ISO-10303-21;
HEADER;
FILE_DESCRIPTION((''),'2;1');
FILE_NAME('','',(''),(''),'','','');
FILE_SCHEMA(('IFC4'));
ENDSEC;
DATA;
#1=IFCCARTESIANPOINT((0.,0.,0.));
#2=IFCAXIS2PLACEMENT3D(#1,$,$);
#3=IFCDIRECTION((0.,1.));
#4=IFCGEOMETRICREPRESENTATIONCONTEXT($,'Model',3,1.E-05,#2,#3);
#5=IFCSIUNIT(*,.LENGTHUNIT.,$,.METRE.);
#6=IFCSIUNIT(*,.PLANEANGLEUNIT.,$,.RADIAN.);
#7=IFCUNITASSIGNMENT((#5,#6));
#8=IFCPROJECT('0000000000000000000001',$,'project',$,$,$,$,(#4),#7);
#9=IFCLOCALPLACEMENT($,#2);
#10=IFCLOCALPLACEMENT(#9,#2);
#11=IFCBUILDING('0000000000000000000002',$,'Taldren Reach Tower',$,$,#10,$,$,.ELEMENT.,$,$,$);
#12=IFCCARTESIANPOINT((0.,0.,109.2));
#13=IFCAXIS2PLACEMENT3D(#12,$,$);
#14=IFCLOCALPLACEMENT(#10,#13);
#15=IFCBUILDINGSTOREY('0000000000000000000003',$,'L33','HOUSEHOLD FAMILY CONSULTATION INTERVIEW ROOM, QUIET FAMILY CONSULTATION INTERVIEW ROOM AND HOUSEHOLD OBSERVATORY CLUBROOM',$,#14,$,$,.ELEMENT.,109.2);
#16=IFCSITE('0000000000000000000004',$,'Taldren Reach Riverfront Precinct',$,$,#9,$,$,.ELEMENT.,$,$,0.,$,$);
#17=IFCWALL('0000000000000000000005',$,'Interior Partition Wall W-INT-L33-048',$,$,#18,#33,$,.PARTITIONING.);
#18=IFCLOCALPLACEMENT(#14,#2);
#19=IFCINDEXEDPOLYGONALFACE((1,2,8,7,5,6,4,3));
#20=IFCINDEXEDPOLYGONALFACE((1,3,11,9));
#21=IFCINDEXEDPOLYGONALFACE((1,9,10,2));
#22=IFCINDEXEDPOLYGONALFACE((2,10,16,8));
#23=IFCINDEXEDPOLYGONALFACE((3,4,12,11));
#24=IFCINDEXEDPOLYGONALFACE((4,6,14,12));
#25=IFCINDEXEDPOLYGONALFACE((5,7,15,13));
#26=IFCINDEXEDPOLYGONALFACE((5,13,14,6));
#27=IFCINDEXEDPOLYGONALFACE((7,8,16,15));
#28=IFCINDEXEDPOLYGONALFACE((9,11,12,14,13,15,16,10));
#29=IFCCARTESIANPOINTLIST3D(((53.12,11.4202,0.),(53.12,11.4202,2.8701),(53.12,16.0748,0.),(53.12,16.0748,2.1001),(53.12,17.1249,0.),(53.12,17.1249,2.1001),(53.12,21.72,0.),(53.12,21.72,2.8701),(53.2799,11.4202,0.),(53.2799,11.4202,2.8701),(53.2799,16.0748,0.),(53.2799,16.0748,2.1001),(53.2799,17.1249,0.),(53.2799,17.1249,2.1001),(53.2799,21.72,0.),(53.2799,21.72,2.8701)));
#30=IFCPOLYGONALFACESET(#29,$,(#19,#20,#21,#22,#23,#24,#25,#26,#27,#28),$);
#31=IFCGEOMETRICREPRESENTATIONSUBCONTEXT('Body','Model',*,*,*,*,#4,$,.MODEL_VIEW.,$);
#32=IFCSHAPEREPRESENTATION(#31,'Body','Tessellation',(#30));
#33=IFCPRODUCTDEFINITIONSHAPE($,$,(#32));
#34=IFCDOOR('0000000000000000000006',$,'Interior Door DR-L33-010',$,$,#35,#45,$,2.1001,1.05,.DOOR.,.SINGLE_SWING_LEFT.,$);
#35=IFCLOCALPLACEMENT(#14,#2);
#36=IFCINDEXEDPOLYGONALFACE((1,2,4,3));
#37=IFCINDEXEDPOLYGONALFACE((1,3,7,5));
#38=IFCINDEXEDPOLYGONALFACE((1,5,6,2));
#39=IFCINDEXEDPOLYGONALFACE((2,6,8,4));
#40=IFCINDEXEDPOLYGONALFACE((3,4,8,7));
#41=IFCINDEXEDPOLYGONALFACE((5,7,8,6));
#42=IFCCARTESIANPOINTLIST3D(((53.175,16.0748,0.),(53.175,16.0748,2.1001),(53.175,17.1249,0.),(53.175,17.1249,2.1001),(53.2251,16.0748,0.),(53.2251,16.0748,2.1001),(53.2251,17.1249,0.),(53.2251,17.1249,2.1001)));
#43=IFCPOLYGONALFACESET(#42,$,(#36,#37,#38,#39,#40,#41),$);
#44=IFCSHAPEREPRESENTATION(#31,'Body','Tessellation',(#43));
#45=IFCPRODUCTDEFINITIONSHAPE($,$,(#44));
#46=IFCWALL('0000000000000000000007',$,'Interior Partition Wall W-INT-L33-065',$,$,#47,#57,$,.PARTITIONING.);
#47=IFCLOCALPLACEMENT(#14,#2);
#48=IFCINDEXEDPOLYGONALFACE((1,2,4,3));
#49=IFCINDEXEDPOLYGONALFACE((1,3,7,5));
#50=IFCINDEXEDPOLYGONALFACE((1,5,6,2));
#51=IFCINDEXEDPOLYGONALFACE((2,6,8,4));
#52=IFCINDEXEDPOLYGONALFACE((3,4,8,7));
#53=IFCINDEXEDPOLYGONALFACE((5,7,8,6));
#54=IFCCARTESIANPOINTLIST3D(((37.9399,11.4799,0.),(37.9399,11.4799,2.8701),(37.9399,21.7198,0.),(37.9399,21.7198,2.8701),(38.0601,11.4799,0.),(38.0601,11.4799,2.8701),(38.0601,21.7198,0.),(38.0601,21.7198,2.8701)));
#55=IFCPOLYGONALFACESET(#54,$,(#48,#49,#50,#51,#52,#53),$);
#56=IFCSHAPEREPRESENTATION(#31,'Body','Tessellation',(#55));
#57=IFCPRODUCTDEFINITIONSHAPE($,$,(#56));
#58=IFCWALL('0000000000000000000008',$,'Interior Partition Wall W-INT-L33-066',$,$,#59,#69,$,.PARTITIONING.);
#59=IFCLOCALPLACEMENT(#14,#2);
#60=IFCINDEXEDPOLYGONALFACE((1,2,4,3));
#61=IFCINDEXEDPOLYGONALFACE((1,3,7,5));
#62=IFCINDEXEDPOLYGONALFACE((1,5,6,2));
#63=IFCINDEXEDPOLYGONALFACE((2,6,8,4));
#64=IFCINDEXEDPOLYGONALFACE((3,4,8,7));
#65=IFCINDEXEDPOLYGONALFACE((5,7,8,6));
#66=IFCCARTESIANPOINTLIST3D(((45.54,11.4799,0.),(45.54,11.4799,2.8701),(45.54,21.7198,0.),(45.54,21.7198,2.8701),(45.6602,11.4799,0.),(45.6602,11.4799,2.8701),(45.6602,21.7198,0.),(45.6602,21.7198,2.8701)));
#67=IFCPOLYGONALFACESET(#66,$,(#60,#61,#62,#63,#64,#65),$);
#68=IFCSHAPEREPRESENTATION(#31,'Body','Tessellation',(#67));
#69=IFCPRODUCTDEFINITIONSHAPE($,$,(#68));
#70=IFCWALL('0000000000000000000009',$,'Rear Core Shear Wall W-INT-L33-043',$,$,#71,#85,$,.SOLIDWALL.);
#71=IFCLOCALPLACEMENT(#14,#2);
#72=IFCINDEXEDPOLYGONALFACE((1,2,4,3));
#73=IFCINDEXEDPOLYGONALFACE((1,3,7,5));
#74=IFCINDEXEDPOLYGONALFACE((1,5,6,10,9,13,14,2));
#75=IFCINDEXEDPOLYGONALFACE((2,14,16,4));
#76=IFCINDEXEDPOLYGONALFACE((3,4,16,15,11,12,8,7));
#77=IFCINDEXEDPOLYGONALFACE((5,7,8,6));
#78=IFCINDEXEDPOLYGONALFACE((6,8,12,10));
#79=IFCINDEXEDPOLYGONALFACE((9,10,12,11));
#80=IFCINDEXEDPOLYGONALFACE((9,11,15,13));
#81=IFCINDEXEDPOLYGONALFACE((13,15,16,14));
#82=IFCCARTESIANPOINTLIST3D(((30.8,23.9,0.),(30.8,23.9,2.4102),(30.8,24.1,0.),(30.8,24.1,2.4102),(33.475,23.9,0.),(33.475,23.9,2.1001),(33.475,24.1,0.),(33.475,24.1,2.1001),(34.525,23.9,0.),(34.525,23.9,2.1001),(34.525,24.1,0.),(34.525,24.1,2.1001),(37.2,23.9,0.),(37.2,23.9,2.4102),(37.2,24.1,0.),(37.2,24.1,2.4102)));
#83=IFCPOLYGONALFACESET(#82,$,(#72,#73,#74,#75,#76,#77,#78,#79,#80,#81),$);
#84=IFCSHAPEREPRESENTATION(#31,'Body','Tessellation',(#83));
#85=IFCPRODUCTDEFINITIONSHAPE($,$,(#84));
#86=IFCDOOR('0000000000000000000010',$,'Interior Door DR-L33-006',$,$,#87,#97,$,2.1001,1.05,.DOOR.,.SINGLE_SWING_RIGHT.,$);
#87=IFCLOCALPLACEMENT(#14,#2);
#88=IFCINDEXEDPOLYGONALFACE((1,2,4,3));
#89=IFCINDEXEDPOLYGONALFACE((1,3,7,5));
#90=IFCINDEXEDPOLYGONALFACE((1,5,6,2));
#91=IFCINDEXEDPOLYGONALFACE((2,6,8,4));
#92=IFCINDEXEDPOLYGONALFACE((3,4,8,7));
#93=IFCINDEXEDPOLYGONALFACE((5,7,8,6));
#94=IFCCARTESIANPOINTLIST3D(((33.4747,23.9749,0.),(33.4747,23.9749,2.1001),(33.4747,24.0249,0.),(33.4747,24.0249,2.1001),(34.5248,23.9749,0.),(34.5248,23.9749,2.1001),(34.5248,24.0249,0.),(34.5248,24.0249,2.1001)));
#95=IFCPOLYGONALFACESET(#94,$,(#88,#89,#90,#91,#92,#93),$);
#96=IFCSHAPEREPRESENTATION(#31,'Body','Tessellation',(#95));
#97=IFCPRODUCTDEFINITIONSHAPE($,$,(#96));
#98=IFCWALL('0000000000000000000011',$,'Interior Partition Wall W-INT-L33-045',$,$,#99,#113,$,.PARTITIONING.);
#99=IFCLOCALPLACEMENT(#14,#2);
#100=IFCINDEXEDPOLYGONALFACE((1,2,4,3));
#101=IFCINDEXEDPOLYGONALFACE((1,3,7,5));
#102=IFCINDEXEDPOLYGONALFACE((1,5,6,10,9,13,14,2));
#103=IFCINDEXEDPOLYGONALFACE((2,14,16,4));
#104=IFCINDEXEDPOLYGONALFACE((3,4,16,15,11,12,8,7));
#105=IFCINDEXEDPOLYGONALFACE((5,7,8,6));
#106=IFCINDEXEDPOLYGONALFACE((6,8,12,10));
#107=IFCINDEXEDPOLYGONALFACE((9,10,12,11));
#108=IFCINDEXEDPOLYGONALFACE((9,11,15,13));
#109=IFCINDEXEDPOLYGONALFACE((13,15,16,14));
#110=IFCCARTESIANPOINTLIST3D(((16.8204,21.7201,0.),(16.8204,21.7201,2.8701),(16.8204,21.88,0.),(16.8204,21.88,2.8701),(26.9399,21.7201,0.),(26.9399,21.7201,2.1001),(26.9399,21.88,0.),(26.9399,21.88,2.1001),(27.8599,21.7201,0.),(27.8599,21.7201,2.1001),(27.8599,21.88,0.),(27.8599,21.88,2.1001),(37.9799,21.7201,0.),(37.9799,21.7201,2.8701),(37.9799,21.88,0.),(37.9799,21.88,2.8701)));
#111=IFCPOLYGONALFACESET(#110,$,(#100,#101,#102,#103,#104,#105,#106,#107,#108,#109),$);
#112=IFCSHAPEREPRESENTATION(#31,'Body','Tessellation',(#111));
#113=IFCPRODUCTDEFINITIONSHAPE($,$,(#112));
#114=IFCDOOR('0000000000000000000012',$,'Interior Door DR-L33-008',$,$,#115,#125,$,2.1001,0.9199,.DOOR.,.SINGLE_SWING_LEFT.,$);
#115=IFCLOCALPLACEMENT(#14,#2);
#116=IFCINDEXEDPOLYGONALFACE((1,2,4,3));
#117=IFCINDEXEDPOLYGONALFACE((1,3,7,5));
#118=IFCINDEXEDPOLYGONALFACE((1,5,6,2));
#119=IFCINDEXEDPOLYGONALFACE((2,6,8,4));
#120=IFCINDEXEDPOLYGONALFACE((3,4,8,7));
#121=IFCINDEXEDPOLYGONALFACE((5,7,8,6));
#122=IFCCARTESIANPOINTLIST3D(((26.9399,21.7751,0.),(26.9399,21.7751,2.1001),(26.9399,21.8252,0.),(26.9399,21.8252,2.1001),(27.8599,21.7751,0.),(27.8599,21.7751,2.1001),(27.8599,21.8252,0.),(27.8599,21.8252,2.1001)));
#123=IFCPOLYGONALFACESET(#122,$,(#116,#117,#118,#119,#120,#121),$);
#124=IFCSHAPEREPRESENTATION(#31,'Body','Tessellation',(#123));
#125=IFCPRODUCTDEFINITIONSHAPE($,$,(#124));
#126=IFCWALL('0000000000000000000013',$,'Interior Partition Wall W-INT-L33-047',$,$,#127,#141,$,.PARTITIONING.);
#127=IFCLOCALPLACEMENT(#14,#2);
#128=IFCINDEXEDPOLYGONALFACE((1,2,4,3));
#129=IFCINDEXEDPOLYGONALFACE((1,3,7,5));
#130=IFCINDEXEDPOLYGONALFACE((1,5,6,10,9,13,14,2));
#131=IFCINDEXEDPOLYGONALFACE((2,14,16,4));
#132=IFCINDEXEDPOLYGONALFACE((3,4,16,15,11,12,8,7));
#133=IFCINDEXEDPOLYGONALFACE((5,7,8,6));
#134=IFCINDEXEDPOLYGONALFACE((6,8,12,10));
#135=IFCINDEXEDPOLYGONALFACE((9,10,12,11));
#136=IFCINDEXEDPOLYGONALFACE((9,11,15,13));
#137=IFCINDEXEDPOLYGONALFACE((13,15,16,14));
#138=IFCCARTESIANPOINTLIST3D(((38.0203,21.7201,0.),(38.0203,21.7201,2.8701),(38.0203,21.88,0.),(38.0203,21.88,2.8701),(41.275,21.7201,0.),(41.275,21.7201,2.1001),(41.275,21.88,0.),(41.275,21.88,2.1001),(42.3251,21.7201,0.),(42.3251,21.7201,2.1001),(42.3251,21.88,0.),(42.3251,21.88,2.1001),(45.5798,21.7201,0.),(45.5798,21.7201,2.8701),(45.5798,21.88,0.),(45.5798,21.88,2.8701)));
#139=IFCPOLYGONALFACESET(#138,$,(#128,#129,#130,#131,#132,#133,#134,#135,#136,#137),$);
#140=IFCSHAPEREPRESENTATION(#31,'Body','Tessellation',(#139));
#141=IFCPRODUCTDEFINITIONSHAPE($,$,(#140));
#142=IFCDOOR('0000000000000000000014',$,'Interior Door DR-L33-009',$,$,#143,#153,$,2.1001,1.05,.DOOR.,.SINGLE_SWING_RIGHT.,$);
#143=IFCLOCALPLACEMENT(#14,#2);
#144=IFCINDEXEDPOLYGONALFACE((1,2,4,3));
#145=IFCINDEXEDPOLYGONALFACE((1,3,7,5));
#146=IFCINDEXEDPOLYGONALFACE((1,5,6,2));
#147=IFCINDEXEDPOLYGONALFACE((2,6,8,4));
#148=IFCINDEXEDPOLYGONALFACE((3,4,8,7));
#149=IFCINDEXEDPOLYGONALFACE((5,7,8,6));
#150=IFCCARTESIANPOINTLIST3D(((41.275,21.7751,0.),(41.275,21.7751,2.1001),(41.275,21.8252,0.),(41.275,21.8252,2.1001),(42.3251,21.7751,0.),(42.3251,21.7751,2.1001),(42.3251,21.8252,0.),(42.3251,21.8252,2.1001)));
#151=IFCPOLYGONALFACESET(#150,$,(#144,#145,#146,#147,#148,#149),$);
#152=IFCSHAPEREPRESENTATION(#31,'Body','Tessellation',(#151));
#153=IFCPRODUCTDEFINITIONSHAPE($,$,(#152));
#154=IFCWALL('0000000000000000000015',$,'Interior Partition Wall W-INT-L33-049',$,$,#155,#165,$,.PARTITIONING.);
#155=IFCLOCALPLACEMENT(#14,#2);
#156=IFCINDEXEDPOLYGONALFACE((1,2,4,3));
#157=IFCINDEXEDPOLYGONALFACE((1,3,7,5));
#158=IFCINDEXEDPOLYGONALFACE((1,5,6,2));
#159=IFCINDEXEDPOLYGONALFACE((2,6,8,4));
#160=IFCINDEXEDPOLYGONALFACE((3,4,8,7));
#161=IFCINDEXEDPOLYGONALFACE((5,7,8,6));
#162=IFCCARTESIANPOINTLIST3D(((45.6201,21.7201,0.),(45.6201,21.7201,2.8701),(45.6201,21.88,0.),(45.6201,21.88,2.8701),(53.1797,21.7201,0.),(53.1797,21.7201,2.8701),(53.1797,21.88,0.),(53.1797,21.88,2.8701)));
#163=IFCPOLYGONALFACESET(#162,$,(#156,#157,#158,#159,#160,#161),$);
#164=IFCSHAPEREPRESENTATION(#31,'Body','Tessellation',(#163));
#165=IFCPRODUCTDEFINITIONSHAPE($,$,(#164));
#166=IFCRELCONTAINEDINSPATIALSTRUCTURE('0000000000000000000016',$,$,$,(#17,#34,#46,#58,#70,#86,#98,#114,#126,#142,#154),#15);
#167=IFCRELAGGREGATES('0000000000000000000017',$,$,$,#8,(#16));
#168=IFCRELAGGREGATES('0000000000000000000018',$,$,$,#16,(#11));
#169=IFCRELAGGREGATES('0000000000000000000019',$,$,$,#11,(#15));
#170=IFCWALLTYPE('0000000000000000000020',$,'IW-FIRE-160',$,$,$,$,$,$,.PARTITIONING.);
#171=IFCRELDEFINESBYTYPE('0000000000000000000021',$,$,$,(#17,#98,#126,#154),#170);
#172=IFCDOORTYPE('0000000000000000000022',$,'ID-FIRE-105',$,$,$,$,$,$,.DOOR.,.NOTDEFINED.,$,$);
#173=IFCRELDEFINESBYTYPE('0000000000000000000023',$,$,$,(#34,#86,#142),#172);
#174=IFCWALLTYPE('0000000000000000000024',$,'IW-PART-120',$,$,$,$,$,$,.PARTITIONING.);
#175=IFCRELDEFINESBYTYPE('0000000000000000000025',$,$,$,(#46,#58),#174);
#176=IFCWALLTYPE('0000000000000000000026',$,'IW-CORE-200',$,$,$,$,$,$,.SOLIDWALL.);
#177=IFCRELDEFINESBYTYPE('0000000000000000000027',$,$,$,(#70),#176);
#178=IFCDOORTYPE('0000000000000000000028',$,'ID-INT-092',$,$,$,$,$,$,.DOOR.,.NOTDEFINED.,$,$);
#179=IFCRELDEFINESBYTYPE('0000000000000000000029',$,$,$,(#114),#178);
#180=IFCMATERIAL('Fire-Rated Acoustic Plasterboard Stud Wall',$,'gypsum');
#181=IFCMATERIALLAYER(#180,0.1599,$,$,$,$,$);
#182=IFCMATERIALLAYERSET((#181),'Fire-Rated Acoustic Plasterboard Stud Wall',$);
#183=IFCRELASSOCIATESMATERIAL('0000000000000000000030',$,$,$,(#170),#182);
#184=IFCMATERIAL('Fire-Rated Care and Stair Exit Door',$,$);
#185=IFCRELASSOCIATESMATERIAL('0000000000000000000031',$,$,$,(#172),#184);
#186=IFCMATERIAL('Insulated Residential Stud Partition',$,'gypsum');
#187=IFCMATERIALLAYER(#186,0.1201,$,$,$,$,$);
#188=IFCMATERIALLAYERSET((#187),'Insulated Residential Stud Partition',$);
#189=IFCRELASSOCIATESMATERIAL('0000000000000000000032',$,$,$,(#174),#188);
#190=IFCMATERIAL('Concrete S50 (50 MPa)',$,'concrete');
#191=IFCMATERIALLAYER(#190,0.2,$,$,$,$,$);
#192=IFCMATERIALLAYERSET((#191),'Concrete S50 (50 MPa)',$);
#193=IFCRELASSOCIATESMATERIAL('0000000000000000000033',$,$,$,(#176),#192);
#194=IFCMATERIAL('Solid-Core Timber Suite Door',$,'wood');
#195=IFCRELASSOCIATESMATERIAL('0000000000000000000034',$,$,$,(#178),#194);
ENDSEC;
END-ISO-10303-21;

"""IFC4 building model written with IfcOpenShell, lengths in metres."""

from ifc_helpers import new_model, si_unit, direction, frame, frame_2d, origin, place, context, subcontext, project, spatial, rectangle, extrude, source, transform, mapped, material, layer, layer_set, type_object, element, fill, save


model = new_model("IFC4")

# Units and contexts
model_context = context("Model", 3, precision=1e-05, world=origin(), true_north=direction((0.0, 1.0)))
body_context = subcontext(model_context, "Body", "Model", "MODEL_VIEW")
ifc_project = project(units=[si_unit("LENGTHUNIT", "METRE"), si_unit("PLANEANGLEUNIT", "RADIAN")], contexts=[model_context])

# Site, building, storey
site_placement = place(None, origin())
site = spatial("IfcSite", under=ifc_project, at=site_placement, Name="Taldren Reach Riverfront Precinct", CompositionType="ELEMENT", RefElevation=0.0)
building_placement = place(site_placement, origin())
building = spatial("IfcBuilding", under=site, at=building_placement, Name="Taldren Reach Tower", CompositionType="ELEMENT")
storey_placement = place(building_placement, frame((0.0, 0.0, 109.2)))
storey = spatial("IfcBuildingStorey", under=building, at=storey_placement, Name="L33", Description="HOUSEHOLD FAMILY CONSULTATION INTERVIEW ROOM, QUIET FAMILY CONSULTATION INTERVIEW ROOM AND HOUSEHOLD OBSERVATORY CLUBROOM", CompositionType="ELEMENT", Elevation=109.2)

# Wall, opening, door
ifc_material_1 = material(Name="Fire-Rated Acoustic Plasterboard Stud Wall", Category="gypsum")
ifc_layer_1 = layer(ifc_material_1, 0.1599)
ifc_layer_set_1 = layer_set([ifc_layer_1], Name="Fire-Rated Acoustic Plasterboard Stud Wall")
wall_type_1 = type_object("IfcWallType", Name="IW-FIRE-160", PredefinedType="PARTITIONING", material=ifc_layer_set_1)
shared_shape_1 = source(origin(), body_context, "Body", "SweptSolid", [
    extrude(rectangle(XDim=10.2998, YDim=0.1599, at=frame_2d((5.1499, 0.0))), origin(), (0.0, 0.0, 1.0), 2.8701),
])
wall_1_placement = place(storey_placement, frame((53.2, 11.4202, 0.0), z_axis=(0.0, 0.0, 1.0), x_axis=(0.0, 1.0, 0.0)))
wall_1 = element("IfcWall", 1, at=wall_1_placement, inside=storey, type_object=wall_type_1, Name="Interior Partition Wall W-INT-L33-048", PredefinedType="PARTITIONING", context=body_context, shape_type="MappedRepresentation", body=[
    mapped(shared_shape_1, transform((0.0, 0.0, 0.0), scale=1.0)),
])
shared_shape_2 = source(origin(), body_context, "Body", "SweptSolid", [
    extrude(rectangle(XDim=1.05, YDim=2.1001, at=frame_2d((0.5249, 1.05))), frame((0.0, 0.0898, 0.0), z_axis=(0.0, -1.0, 0.0), x_axis=(1.0, 0.0, 0.0)), (0.0, 0.0, 1.0), 0.1799),
])
opening_1_placement = place(wall_1_placement, frame((4.6548, 0.0, 0.0)))
opening_1 = element("IfcOpeningElement", 2, at=opening_1_placement, cuts=wall_1, PredefinedType="OPENING", context=body_context, shape_type="MappedRepresentation", body=[
    mapped(shared_shape_2, transform((0.0, 0.0, 0.0), scale=1.0)),
])
ifc_material_2 = material(Name="Fire-Rated Care and Stair Exit Door")
door_type_1 = type_object("IfcDoorType", Name="ID-FIRE-105", OperationType="NOTDEFINED", PredefinedType="DOOR", material=ifc_material_2)
shared_shape_3 = source(origin(), body_context, "Body", "SweptSolid", [
    extrude(rectangle(XDim=1.05, YDim=2.1001, at=frame_2d((0.5249, 1.05))), frame((0.0, 0.0249, 0.0), z_axis=(0.0, -1.0, 0.0), x_axis=(1.0, 0.0, 0.0)), (0.0, 0.0, 1.0), 0.05),
])
door_1_placement = place(opening_1_placement, origin())
door_1 = element("IfcDoor", 3, at=door_1_placement, inside=storey, type_object=door_type_1, Name="Interior Door DR-L33-010", OperationType="SINGLE_SWING_LEFT", OverallHeight=2.1001, OverallWidth=1.05, PredefinedType="DOOR", context=body_context, shape_type="MappedRepresentation", body=[
    mapped(shared_shape_3, transform((0.0, 0.0, 0.0), scale=1.0)),
])
fill(opening_1, door_1)

# Walls
ifc_material_3 = material(Name="Insulated Residential Stud Partition", Category="gypsum")
ifc_layer_2 = layer(ifc_material_3, 0.1201)
ifc_layer_set_2 = layer_set([ifc_layer_2], Name="Insulated Residential Stud Partition")
wall_type_2 = type_object("IfcWallType", Name="IW-PART-120", PredefinedType="PARTITIONING", material=ifc_layer_set_2)
shared_shape_4 = source(origin(), body_context, "Body", "SweptSolid", [
    extrude(rectangle(XDim=10.24, YDim=0.1201, at=frame_2d((5.1201, 0.0))), origin(), (0.0, 0.0, 1.0), 2.8701),
])
for number, where, z_axis, x_axis, name in (
    (4, (38.0, 21.72, 0.0), (0.0, 0.0, 1.0), (0.0, -1.0, 0.0), "Interior Partition Wall W-INT-L33-065"),
    (5, (45.6001, 21.72, 0.0), (0.0, 0.0, 1.0), (0.0, -1.0, 0.0), "Interior Partition Wall W-INT-L33-066"),
):
    element("IfcWall", number, at=place(storey_placement, frame(where, z_axis=z_axis, x_axis=x_axis)), inside=storey, type_object=wall_type_2, Name=name, PredefinedType="PARTITIONING", context=body_context, shape_type="MappedRepresentation", body=[
        mapped(shared_shape_4, transform((0.0, 0.0, 0.0), scale=1.0)),
    ])

# Walls, openings, doors
ifc_material_4 = material(Name="Concrete S50 (50 MPa)", Category="concrete")
ifc_layer_3 = layer(ifc_material_4, 0.2)
ifc_layer_set_3 = layer_set([ifc_layer_3], Name="Concrete S50 (50 MPa)")
wall_type_3 = type_object("IfcWallType", Name="IW-CORE-200", PredefinedType="SOLIDWALL", material=ifc_layer_set_3)
shared_shape_5 = source(origin(), body_context, "Body", "SweptSolid", [
    extrude(rectangle(XDim=6.3999, YDim=0.2, at=frame_2d((3.2, 0.0))), origin(), (0.0, 0.0, 1.0), 2.4102),
])
wall_2_placement = place(storey_placement, frame((37.2, 24.0, 0.0), z_axis=(0.0, 0.0, 1.0), x_axis=(-1.0, 0.0, 0.0)))
wall_2 = element("IfcWall", 6, at=wall_2_placement, inside=storey, type_object=wall_type_3, Name="Rear Core Shear Wall W-INT-L33-043", PredefinedType="SOLIDWALL", context=body_context, shape_type="MappedRepresentation", body=[
    mapped(shared_shape_5, transform((0.0, 0.0, 0.0), scale=1.0)),
])
shared_shape_6 = source(origin(), body_context, "Body", "SweptSolid", [
    extrude(rectangle(XDim=1.05, YDim=2.1001, at=frame_2d((0.5249, 1.05))), frame((0.0, 0.1099, 0.0), z_axis=(0.0, -1.0, 0.0), x_axis=(1.0, 0.0, 0.0)), (0.0, 0.0, 1.0), 0.22),
])
opening_2_placement = place(wall_2_placement, frame((2.675, 0.0, 0.0)))
opening_2 = element("IfcOpeningElement", 7, at=opening_2_placement, cuts=wall_2, PredefinedType="OPENING", context=body_context, shape_type="MappedRepresentation", body=[
    mapped(shared_shape_6, transform((0.0, 0.0, 0.0), scale=1.0)),
])
door_2_placement = place(opening_2_placement, frame((1.05, 0.0, 0.0), z_axis=(0.0, 0.0, 1.0), x_axis=(-1.0, 0.0, 0.0)))
door_2 = element("IfcDoor", 8, at=door_2_placement, inside=storey, type_object=door_type_1, Name="Interior Door DR-L33-006", OperationType="SINGLE_SWING_RIGHT", OverallHeight=2.1001, OverallWidth=1.05, PredefinedType="DOOR", context=body_context, shape_type="MappedRepresentation", body=[
    mapped(shared_shape_3, transform((0.0, 0.0, 0.0), scale=1.0)),
])
fill(opening_2, door_2)
shared_shape_7 = source(origin(), body_context, "Body", "SweptSolid", [
    extrude(rectangle(XDim=21.1594, YDim=0.1599, at=frame_2d((10.5796, 0.0))), origin(), (0.0, 0.0, 1.0), 2.8701),
])
wall_3_placement = place(storey_placement, frame((37.9797, 21.8, 0.0), z_axis=(0.0, 0.0, 1.0), x_axis=(-1.0, 0.0, 0.0)))
wall_3 = element("IfcWall", 9, at=wall_3_placement, inside=storey, type_object=wall_type_1, Name="Interior Partition Wall W-INT-L33-045", PredefinedType="PARTITIONING", context=body_context, shape_type="MappedRepresentation", body=[
    mapped(shared_shape_7, transform((0.0, 0.0, 0.0), scale=1.0)),
])
shared_shape_8 = source(origin(), body_context, "Body", "SweptSolid", [
    extrude(rectangle(XDim=0.9199, YDim=2.1001, at=frame_2d((0.46, 1.05))), frame((0.0, 0.0898, 0.0), z_axis=(0.0, -1.0, 0.0), x_axis=(1.0, 0.0, 0.0)), (0.0, 0.0, 1.0), 0.1799),
])
opening_3_placement = place(wall_3_placement, frame((10.1199, 0.0, 0.0)))
opening_3 = element("IfcOpeningElement", 10, at=opening_3_placement, cuts=wall_3, PredefinedType="OPENING", context=body_context, shape_type="MappedRepresentation", body=[
    mapped(shared_shape_8, transform((0.0, 0.0, 0.0), scale=1.0)),
])
ifc_material_5 = material(Name="Solid-Core Timber Suite Door", Category="wood")
door_type_2 = type_object("IfcDoorType", Name="ID-INT-092", OperationType="NOTDEFINED", PredefinedType="DOOR", material=ifc_material_5)
shared_shape_9 = source(origin(), body_context, "Body", "SweptSolid", [
    extrude(rectangle(XDim=0.9199, YDim=2.1001, at=frame_2d((0.46, 1.05))), frame((0.0, 0.0249, 0.0), z_axis=(0.0, -1.0, 0.0), x_axis=(1.0, 0.0, 0.0)), (0.0, 0.0, 1.0), 0.05),
])
door_3_placement = place(opening_3_placement, origin())
door_3 = element("IfcDoor", 11, at=door_3_placement, inside=storey, type_object=door_type_2, Name="Interior Door DR-L33-008", OperationType="SINGLE_SWING_LEFT", OverallHeight=2.1001, OverallWidth=0.9199, PredefinedType="DOOR", context=body_context, shape_type="MappedRepresentation", body=[
    mapped(shared_shape_9, transform((0.0, 0.0, 0.0), scale=1.0)),
])
fill(opening_3, door_3)
shared_shape_10 = source(origin(), body_context, "Body", "SweptSolid", [
    extrude(rectangle(XDim=7.5596, YDim=0.1599, at=frame_2d((3.7798, 0.0))), origin(), (0.0, 0.0, 1.0), 2.8701),
])
wall_4_placement = place(storey_placement, frame((45.5798, 21.8, 0.0), z_axis=(0.0, 0.0, 1.0), x_axis=(-1.0, 0.0, 0.0)))
wall_4 = element("IfcWall", 12, at=wall_4_placement, inside=storey, type_object=wall_type_1, Name="Interior Partition Wall W-INT-L33-047", PredefinedType="PARTITIONING", context=body_context, shape_type="MappedRepresentation", body=[
    mapped(shared_shape_10, transform((0.0, 0.0, 0.0), scale=1.0)),
])
opening_4_placement = place(wall_4_placement, frame((3.2549, 0.0, 0.0)))
opening_4 = element("IfcOpeningElement", 13, at=opening_4_placement, cuts=wall_4, PredefinedType="OPENING", context=body_context, shape_type="MappedRepresentation", body=[
    mapped(shared_shape_2, transform((0.0, 0.0, 0.0), scale=1.0)),
])
door_4_placement = place(opening_4_placement, origin())
door_4 = element("IfcDoor", 14, at=door_4_placement, inside=storey, type_object=door_type_1, Name="Interior Door DR-L33-009", OperationType="SINGLE_SWING_RIGHT", OverallHeight=2.1001, OverallWidth=1.05, PredefinedType="DOOR", context=body_context, shape_type="MappedRepresentation", body=[
    mapped(shared_shape_3, transform((0.0, 0.0, 0.0), scale=1.0)),
])
fill(opening_4, door_4)

# Wall
wall_5_placement = place(storey_placement, frame((53.1797, 21.8, 0.0), z_axis=(0.0, 0.0, 1.0), x_axis=(-1.0, 0.0, 0.0)))
element("IfcWall", 15, at=wall_5_placement, inside=storey, type_object=wall_type_1, Name="Interior Partition Wall W-INT-L33-049", PredefinedType="PARTITIONING", context=body_context, shape_type="MappedRepresentation", body=[
    mapped(shared_shape_10, transform((0.0, 0.0, 0.0), scale=1.0)),
])

save(model, "model.ifc")
